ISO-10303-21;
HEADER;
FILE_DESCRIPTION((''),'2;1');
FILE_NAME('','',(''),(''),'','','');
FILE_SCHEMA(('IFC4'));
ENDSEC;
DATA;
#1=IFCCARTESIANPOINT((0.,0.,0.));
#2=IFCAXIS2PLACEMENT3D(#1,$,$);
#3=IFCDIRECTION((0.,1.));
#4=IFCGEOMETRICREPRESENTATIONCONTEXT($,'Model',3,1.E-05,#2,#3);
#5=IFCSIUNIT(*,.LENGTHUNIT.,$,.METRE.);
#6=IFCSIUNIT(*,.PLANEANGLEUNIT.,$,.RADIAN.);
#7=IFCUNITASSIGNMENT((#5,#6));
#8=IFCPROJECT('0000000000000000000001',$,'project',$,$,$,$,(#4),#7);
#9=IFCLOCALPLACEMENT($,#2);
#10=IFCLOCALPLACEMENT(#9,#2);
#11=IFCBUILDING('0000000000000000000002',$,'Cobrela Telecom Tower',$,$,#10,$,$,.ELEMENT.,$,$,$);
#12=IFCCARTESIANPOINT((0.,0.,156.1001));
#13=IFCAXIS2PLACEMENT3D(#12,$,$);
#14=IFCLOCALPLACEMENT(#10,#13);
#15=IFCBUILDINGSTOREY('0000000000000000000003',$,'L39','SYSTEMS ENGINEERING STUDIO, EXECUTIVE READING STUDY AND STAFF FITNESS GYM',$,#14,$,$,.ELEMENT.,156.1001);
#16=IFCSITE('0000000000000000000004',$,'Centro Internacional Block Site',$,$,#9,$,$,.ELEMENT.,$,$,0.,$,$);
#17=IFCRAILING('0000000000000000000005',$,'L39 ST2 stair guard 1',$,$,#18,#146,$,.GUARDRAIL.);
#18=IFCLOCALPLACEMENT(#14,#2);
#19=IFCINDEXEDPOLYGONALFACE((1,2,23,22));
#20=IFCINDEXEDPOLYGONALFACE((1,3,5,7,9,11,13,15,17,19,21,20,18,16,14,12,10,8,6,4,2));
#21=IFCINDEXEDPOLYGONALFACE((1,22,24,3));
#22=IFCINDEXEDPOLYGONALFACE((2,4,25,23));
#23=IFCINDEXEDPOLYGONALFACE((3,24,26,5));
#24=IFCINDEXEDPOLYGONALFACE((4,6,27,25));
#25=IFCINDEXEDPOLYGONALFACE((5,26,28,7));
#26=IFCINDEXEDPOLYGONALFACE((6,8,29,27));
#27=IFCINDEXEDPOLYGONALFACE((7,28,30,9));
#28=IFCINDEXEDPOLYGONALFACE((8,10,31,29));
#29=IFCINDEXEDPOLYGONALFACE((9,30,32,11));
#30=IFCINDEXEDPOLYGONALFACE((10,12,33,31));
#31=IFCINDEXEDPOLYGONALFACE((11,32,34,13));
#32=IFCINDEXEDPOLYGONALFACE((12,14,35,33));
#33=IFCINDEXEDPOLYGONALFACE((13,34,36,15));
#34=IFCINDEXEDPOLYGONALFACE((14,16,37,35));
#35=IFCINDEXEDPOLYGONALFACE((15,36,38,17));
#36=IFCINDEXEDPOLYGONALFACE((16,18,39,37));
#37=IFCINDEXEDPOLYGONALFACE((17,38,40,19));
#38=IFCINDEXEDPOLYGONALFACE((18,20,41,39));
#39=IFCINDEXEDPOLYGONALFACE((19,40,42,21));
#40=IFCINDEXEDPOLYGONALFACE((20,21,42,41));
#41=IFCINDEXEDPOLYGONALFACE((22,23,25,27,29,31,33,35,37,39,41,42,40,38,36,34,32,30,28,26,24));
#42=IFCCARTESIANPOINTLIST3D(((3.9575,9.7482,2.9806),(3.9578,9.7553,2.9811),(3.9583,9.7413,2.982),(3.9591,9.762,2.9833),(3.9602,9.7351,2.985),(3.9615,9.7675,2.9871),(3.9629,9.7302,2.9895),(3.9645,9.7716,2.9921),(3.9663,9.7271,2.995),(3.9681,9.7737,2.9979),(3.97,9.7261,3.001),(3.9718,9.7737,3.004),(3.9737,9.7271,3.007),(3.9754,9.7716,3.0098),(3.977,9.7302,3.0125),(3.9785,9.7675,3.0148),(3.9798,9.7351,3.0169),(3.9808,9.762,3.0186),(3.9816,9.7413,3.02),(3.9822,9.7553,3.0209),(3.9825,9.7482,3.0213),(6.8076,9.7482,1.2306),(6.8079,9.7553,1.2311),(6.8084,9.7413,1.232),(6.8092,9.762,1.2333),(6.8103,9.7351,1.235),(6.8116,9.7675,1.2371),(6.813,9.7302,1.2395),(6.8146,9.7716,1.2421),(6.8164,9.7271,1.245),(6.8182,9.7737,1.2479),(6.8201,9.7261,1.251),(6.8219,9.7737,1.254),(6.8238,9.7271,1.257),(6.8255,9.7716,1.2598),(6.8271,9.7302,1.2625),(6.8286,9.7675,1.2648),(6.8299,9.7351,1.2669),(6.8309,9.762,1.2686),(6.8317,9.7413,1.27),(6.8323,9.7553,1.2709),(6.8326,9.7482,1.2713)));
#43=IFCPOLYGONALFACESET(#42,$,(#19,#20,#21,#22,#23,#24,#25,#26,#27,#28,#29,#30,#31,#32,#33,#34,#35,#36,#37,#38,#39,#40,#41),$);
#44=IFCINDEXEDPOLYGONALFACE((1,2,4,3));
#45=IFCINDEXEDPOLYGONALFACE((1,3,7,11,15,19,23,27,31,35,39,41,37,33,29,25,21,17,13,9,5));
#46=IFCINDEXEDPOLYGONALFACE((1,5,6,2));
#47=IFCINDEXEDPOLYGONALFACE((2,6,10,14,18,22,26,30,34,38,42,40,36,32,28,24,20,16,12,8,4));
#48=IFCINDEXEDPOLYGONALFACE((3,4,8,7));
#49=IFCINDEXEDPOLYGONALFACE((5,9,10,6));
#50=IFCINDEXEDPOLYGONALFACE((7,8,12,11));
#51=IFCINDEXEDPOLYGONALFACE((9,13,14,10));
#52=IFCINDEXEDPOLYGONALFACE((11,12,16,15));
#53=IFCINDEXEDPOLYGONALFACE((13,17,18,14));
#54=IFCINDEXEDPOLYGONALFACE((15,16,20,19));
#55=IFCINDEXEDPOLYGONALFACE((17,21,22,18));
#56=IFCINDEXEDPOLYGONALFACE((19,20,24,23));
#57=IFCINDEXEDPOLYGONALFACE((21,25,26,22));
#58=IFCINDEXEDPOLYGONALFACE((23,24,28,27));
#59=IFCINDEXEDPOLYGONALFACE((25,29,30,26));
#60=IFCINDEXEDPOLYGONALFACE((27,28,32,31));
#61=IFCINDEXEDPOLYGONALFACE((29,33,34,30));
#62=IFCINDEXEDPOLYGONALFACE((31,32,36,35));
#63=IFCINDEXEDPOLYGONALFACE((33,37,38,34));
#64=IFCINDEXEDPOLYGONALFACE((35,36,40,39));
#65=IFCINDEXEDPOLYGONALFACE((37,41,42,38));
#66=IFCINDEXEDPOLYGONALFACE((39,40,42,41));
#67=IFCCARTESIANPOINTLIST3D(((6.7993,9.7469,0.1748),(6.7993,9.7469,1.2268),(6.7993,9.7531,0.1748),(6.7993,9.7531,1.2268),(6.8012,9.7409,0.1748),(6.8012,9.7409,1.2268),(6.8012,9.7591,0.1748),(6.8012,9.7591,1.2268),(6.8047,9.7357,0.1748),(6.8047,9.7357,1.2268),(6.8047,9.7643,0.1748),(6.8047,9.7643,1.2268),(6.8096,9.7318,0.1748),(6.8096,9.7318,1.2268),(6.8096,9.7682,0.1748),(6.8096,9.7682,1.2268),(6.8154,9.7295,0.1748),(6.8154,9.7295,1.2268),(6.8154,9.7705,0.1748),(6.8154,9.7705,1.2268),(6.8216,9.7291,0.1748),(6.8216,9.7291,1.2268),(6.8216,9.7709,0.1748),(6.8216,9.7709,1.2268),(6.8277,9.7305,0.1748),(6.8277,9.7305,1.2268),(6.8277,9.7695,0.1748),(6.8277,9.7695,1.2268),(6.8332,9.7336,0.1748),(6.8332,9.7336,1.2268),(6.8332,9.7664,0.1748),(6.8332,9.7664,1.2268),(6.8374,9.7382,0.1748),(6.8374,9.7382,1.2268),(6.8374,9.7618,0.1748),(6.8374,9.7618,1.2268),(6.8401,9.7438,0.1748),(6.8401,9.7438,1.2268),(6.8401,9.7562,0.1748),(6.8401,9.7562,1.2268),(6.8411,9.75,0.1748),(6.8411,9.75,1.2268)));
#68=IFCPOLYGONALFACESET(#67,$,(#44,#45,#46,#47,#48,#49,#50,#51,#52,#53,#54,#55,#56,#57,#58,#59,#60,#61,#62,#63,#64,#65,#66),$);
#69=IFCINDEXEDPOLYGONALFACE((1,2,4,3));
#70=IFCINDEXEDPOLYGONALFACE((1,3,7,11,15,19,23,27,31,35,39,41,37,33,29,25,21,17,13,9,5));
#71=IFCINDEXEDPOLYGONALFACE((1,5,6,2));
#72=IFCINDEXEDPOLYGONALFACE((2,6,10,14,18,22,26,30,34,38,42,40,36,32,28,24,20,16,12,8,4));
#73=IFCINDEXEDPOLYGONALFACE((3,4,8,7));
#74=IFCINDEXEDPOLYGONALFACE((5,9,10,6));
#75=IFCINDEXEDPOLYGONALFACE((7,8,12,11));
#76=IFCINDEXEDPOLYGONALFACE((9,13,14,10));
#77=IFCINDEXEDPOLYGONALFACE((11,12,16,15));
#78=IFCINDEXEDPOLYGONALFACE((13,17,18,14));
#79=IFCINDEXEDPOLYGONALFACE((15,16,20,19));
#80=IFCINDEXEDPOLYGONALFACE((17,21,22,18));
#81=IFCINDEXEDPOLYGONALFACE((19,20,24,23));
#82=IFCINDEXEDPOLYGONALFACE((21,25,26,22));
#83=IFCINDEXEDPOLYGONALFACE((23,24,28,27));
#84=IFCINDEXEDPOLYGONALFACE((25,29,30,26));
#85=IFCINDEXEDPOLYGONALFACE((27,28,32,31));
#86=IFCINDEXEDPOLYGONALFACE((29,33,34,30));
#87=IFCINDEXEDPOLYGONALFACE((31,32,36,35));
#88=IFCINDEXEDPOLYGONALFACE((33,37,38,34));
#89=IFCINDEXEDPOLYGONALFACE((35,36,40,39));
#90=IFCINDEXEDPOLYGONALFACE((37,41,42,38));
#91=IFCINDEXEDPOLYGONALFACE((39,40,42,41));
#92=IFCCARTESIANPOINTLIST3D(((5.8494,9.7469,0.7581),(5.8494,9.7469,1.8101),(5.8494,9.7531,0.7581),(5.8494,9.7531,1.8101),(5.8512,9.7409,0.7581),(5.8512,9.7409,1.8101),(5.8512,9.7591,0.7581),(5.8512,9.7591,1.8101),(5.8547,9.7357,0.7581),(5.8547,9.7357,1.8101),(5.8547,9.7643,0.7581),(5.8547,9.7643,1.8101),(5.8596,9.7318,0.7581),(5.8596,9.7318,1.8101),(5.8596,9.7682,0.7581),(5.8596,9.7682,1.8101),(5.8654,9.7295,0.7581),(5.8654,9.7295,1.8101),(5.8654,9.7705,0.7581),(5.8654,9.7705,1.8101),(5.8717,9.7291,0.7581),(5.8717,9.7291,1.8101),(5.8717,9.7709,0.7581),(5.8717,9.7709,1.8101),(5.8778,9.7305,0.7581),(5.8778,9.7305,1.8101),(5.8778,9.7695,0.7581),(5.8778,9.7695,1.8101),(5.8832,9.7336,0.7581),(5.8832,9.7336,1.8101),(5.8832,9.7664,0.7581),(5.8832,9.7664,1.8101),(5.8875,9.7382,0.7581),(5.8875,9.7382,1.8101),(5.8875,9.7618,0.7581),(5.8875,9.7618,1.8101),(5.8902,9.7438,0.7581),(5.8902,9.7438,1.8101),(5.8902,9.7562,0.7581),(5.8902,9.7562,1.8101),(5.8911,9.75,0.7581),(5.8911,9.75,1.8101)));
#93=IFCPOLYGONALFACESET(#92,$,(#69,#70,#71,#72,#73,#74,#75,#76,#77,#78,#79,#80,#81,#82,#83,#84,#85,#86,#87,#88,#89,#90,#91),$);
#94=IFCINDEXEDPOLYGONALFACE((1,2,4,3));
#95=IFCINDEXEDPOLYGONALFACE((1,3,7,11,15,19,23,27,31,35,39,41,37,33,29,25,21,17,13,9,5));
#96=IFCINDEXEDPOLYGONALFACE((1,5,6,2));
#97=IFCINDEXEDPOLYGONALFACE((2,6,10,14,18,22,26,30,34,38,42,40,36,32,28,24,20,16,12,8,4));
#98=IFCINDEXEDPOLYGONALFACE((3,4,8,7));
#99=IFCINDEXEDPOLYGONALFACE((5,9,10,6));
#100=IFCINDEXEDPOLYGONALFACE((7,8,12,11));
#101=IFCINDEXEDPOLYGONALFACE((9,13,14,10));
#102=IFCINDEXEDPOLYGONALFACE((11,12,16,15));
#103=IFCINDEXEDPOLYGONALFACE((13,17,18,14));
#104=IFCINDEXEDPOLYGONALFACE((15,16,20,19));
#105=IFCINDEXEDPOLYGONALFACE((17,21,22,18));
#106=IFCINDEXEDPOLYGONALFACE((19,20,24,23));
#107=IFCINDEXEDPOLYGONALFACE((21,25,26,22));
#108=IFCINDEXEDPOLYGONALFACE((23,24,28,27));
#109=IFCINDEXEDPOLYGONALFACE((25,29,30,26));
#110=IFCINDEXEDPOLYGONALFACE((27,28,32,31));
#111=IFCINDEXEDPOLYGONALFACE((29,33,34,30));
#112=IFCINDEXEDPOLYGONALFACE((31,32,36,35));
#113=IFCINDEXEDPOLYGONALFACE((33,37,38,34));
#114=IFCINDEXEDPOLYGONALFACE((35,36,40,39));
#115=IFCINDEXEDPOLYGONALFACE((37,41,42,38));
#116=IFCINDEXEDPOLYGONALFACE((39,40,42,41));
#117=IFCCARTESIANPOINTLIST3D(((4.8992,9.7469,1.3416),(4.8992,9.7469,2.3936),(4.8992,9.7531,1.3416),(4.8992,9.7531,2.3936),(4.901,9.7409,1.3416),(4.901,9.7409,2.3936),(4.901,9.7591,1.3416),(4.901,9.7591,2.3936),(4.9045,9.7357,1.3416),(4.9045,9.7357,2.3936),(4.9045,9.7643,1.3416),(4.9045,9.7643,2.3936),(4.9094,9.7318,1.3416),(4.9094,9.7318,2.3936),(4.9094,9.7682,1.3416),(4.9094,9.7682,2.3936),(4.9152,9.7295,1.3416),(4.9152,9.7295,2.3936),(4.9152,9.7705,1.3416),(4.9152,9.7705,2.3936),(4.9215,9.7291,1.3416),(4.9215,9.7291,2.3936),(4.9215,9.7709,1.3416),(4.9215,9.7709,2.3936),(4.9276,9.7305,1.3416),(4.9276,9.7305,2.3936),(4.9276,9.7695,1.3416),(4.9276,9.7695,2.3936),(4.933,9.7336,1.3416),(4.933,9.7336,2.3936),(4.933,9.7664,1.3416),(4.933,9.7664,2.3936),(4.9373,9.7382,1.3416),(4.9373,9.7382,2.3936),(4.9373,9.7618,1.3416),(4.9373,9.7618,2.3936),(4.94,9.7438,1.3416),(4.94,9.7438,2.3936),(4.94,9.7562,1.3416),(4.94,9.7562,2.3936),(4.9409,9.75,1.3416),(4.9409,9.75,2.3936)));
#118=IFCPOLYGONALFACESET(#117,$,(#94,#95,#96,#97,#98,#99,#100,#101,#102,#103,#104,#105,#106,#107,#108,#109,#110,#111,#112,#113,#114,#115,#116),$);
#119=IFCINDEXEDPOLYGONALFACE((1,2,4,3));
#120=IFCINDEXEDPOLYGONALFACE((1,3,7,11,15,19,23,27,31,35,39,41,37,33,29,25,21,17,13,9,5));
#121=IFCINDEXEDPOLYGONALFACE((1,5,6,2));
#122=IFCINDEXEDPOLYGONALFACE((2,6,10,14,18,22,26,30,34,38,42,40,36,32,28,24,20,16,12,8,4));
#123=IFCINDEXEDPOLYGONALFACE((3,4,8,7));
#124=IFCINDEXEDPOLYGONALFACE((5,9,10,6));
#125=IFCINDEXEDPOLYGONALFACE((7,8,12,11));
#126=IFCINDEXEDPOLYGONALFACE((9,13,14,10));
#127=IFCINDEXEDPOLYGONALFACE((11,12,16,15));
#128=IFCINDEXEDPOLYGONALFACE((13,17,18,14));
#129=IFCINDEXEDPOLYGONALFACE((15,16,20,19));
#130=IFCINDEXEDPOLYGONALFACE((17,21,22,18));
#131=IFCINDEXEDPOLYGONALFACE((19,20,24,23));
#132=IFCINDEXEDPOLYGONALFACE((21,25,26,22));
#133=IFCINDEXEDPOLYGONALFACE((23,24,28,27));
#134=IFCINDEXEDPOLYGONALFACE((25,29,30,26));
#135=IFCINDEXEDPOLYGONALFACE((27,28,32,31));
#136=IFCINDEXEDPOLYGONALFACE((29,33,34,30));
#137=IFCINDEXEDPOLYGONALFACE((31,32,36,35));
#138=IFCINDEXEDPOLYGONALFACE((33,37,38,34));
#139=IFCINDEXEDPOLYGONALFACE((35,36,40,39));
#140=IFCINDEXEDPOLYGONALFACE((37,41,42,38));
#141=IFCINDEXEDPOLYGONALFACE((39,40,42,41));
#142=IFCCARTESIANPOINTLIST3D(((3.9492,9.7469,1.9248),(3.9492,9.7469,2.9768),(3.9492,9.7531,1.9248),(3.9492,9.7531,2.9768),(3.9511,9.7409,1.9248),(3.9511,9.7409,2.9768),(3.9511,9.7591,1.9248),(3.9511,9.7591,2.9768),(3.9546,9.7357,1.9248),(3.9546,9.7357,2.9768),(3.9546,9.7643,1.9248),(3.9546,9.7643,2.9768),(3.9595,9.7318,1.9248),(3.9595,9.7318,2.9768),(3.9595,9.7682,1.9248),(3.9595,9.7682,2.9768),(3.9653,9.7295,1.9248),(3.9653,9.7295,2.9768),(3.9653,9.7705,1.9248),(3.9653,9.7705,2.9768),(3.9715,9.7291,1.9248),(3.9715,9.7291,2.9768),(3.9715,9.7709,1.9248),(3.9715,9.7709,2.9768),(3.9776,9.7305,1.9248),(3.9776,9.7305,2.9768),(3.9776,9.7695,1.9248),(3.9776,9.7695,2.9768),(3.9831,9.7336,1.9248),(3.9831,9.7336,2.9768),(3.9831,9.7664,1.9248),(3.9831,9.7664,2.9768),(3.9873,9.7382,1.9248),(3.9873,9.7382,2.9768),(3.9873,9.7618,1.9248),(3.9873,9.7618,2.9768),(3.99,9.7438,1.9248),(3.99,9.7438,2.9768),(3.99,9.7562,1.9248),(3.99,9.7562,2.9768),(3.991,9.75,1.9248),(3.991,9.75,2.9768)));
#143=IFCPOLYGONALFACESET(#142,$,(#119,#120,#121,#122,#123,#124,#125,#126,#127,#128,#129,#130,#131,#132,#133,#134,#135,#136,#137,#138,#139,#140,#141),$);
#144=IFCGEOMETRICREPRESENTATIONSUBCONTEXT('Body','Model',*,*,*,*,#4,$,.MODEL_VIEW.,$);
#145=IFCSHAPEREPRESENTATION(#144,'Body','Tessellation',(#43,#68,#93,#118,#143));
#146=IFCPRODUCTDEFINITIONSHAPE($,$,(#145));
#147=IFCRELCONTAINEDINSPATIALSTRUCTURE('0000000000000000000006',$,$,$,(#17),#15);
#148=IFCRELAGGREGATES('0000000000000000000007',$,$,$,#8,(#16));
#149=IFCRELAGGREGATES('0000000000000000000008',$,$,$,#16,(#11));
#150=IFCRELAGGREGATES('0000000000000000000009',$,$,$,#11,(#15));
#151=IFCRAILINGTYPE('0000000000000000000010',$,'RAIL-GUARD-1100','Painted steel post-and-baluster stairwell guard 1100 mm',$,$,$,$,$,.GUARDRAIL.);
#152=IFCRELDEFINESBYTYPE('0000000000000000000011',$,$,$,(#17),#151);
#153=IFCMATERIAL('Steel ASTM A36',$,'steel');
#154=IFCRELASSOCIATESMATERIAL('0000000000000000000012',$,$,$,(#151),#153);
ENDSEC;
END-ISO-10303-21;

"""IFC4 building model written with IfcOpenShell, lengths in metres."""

from ifc_helpers import new_model, si_unit, direction, frame, origin, origin_2d, place, context, subcontext, project, spatial, circle, extrude, material, type_object, element, save


model = new_model("IFC4")

# Units and contexts
model_context = context("Model", 3, precision=1e-05, world=origin(), true_north=direction((0.0, 1.0)))
body_context = subcontext(model_context, "Body", "Model", "MODEL_VIEW")
ifc_project = project(units=[si_unit("LENGTHUNIT", "METRE"), si_unit("PLANEANGLEUNIT", "RADIAN")], contexts=[model_context])

# Site, building, storey
site_placement = place(None, origin())
site = spatial("IfcSite", under=ifc_project, at=site_placement, Name="Centro Internacional Block Site", CompositionType="ELEMENT", RefElevation=0.0)
building_placement = place(site_placement, origin())
building = spatial("IfcBuilding", under=site, at=building_placement, Name="Cobrela Telecom Tower", CompositionType="ELEMENT")
storey_placement = place(building_placement, frame((0.0, 0.0, 156.1001)))
storey = spatial("IfcBuildingStorey", under=building, at=storey_placement, Name="L39", Description="SYSTEMS ENGINEERING STUDIO, EXECUTIVE READING STUDY AND STAFF FITNESS GYM", CompositionType="ELEMENT", Elevation=156.1001)

# Shared definitions
ifc_material_1 = material(Name="Steel ASTM A36", Category="steel")

# Railing
railing_type_1 = type_object("IfcRailingType", Name="RAIL-GUARD-1100", Description="Painted steel post-and-baluster stairwell guard 1100 mm", PredefinedType="GUARDRAIL", material=ifc_material_1)
railing_1_placement = place(storey_placement, frame((6.8201, 9.75, 0.1748)))
element("IfcRailing", 1, at=railing_1_placement, inside=storey, type_object=railing_type_1, Name="L39 ST2 stair guard 1", PredefinedType="GUARDRAIL", context=body_context, shape_type="SweptSolid", body=[
    extrude(circle(Radius=0.0239, at=origin_2d()), frame((0.0, 0.0, 1.0762), z_axis=(-0.852179, 0.0, 0.52325), x_axis=(0.0, -1.0, 0.0)), (0.0, 0.0, 1.0), 3.3445),
    extrude(circle(Radius=0.021, at=origin_2d()), origin(), (0.0, 0.0, 1.0), 1.052),
    extrude(circle(Radius=0.021, at=origin_2d()), frame((-0.95, 0.0, 0.5833)), (0.0, 0.0, 1.0), 1.052),
    extrude(circle(Radius=0.021, at=origin_2d()), frame((-1.9001, 0.0, 1.1667)), (0.0, 0.0, 1.0), 1.052),
    extrude(circle(Radius=0.021, at=origin_2d()), frame((-2.8501, 0.0, 1.75)), (0.0, 0.0, 1.0), 1.052),
])

save(model, "model.ifc")
